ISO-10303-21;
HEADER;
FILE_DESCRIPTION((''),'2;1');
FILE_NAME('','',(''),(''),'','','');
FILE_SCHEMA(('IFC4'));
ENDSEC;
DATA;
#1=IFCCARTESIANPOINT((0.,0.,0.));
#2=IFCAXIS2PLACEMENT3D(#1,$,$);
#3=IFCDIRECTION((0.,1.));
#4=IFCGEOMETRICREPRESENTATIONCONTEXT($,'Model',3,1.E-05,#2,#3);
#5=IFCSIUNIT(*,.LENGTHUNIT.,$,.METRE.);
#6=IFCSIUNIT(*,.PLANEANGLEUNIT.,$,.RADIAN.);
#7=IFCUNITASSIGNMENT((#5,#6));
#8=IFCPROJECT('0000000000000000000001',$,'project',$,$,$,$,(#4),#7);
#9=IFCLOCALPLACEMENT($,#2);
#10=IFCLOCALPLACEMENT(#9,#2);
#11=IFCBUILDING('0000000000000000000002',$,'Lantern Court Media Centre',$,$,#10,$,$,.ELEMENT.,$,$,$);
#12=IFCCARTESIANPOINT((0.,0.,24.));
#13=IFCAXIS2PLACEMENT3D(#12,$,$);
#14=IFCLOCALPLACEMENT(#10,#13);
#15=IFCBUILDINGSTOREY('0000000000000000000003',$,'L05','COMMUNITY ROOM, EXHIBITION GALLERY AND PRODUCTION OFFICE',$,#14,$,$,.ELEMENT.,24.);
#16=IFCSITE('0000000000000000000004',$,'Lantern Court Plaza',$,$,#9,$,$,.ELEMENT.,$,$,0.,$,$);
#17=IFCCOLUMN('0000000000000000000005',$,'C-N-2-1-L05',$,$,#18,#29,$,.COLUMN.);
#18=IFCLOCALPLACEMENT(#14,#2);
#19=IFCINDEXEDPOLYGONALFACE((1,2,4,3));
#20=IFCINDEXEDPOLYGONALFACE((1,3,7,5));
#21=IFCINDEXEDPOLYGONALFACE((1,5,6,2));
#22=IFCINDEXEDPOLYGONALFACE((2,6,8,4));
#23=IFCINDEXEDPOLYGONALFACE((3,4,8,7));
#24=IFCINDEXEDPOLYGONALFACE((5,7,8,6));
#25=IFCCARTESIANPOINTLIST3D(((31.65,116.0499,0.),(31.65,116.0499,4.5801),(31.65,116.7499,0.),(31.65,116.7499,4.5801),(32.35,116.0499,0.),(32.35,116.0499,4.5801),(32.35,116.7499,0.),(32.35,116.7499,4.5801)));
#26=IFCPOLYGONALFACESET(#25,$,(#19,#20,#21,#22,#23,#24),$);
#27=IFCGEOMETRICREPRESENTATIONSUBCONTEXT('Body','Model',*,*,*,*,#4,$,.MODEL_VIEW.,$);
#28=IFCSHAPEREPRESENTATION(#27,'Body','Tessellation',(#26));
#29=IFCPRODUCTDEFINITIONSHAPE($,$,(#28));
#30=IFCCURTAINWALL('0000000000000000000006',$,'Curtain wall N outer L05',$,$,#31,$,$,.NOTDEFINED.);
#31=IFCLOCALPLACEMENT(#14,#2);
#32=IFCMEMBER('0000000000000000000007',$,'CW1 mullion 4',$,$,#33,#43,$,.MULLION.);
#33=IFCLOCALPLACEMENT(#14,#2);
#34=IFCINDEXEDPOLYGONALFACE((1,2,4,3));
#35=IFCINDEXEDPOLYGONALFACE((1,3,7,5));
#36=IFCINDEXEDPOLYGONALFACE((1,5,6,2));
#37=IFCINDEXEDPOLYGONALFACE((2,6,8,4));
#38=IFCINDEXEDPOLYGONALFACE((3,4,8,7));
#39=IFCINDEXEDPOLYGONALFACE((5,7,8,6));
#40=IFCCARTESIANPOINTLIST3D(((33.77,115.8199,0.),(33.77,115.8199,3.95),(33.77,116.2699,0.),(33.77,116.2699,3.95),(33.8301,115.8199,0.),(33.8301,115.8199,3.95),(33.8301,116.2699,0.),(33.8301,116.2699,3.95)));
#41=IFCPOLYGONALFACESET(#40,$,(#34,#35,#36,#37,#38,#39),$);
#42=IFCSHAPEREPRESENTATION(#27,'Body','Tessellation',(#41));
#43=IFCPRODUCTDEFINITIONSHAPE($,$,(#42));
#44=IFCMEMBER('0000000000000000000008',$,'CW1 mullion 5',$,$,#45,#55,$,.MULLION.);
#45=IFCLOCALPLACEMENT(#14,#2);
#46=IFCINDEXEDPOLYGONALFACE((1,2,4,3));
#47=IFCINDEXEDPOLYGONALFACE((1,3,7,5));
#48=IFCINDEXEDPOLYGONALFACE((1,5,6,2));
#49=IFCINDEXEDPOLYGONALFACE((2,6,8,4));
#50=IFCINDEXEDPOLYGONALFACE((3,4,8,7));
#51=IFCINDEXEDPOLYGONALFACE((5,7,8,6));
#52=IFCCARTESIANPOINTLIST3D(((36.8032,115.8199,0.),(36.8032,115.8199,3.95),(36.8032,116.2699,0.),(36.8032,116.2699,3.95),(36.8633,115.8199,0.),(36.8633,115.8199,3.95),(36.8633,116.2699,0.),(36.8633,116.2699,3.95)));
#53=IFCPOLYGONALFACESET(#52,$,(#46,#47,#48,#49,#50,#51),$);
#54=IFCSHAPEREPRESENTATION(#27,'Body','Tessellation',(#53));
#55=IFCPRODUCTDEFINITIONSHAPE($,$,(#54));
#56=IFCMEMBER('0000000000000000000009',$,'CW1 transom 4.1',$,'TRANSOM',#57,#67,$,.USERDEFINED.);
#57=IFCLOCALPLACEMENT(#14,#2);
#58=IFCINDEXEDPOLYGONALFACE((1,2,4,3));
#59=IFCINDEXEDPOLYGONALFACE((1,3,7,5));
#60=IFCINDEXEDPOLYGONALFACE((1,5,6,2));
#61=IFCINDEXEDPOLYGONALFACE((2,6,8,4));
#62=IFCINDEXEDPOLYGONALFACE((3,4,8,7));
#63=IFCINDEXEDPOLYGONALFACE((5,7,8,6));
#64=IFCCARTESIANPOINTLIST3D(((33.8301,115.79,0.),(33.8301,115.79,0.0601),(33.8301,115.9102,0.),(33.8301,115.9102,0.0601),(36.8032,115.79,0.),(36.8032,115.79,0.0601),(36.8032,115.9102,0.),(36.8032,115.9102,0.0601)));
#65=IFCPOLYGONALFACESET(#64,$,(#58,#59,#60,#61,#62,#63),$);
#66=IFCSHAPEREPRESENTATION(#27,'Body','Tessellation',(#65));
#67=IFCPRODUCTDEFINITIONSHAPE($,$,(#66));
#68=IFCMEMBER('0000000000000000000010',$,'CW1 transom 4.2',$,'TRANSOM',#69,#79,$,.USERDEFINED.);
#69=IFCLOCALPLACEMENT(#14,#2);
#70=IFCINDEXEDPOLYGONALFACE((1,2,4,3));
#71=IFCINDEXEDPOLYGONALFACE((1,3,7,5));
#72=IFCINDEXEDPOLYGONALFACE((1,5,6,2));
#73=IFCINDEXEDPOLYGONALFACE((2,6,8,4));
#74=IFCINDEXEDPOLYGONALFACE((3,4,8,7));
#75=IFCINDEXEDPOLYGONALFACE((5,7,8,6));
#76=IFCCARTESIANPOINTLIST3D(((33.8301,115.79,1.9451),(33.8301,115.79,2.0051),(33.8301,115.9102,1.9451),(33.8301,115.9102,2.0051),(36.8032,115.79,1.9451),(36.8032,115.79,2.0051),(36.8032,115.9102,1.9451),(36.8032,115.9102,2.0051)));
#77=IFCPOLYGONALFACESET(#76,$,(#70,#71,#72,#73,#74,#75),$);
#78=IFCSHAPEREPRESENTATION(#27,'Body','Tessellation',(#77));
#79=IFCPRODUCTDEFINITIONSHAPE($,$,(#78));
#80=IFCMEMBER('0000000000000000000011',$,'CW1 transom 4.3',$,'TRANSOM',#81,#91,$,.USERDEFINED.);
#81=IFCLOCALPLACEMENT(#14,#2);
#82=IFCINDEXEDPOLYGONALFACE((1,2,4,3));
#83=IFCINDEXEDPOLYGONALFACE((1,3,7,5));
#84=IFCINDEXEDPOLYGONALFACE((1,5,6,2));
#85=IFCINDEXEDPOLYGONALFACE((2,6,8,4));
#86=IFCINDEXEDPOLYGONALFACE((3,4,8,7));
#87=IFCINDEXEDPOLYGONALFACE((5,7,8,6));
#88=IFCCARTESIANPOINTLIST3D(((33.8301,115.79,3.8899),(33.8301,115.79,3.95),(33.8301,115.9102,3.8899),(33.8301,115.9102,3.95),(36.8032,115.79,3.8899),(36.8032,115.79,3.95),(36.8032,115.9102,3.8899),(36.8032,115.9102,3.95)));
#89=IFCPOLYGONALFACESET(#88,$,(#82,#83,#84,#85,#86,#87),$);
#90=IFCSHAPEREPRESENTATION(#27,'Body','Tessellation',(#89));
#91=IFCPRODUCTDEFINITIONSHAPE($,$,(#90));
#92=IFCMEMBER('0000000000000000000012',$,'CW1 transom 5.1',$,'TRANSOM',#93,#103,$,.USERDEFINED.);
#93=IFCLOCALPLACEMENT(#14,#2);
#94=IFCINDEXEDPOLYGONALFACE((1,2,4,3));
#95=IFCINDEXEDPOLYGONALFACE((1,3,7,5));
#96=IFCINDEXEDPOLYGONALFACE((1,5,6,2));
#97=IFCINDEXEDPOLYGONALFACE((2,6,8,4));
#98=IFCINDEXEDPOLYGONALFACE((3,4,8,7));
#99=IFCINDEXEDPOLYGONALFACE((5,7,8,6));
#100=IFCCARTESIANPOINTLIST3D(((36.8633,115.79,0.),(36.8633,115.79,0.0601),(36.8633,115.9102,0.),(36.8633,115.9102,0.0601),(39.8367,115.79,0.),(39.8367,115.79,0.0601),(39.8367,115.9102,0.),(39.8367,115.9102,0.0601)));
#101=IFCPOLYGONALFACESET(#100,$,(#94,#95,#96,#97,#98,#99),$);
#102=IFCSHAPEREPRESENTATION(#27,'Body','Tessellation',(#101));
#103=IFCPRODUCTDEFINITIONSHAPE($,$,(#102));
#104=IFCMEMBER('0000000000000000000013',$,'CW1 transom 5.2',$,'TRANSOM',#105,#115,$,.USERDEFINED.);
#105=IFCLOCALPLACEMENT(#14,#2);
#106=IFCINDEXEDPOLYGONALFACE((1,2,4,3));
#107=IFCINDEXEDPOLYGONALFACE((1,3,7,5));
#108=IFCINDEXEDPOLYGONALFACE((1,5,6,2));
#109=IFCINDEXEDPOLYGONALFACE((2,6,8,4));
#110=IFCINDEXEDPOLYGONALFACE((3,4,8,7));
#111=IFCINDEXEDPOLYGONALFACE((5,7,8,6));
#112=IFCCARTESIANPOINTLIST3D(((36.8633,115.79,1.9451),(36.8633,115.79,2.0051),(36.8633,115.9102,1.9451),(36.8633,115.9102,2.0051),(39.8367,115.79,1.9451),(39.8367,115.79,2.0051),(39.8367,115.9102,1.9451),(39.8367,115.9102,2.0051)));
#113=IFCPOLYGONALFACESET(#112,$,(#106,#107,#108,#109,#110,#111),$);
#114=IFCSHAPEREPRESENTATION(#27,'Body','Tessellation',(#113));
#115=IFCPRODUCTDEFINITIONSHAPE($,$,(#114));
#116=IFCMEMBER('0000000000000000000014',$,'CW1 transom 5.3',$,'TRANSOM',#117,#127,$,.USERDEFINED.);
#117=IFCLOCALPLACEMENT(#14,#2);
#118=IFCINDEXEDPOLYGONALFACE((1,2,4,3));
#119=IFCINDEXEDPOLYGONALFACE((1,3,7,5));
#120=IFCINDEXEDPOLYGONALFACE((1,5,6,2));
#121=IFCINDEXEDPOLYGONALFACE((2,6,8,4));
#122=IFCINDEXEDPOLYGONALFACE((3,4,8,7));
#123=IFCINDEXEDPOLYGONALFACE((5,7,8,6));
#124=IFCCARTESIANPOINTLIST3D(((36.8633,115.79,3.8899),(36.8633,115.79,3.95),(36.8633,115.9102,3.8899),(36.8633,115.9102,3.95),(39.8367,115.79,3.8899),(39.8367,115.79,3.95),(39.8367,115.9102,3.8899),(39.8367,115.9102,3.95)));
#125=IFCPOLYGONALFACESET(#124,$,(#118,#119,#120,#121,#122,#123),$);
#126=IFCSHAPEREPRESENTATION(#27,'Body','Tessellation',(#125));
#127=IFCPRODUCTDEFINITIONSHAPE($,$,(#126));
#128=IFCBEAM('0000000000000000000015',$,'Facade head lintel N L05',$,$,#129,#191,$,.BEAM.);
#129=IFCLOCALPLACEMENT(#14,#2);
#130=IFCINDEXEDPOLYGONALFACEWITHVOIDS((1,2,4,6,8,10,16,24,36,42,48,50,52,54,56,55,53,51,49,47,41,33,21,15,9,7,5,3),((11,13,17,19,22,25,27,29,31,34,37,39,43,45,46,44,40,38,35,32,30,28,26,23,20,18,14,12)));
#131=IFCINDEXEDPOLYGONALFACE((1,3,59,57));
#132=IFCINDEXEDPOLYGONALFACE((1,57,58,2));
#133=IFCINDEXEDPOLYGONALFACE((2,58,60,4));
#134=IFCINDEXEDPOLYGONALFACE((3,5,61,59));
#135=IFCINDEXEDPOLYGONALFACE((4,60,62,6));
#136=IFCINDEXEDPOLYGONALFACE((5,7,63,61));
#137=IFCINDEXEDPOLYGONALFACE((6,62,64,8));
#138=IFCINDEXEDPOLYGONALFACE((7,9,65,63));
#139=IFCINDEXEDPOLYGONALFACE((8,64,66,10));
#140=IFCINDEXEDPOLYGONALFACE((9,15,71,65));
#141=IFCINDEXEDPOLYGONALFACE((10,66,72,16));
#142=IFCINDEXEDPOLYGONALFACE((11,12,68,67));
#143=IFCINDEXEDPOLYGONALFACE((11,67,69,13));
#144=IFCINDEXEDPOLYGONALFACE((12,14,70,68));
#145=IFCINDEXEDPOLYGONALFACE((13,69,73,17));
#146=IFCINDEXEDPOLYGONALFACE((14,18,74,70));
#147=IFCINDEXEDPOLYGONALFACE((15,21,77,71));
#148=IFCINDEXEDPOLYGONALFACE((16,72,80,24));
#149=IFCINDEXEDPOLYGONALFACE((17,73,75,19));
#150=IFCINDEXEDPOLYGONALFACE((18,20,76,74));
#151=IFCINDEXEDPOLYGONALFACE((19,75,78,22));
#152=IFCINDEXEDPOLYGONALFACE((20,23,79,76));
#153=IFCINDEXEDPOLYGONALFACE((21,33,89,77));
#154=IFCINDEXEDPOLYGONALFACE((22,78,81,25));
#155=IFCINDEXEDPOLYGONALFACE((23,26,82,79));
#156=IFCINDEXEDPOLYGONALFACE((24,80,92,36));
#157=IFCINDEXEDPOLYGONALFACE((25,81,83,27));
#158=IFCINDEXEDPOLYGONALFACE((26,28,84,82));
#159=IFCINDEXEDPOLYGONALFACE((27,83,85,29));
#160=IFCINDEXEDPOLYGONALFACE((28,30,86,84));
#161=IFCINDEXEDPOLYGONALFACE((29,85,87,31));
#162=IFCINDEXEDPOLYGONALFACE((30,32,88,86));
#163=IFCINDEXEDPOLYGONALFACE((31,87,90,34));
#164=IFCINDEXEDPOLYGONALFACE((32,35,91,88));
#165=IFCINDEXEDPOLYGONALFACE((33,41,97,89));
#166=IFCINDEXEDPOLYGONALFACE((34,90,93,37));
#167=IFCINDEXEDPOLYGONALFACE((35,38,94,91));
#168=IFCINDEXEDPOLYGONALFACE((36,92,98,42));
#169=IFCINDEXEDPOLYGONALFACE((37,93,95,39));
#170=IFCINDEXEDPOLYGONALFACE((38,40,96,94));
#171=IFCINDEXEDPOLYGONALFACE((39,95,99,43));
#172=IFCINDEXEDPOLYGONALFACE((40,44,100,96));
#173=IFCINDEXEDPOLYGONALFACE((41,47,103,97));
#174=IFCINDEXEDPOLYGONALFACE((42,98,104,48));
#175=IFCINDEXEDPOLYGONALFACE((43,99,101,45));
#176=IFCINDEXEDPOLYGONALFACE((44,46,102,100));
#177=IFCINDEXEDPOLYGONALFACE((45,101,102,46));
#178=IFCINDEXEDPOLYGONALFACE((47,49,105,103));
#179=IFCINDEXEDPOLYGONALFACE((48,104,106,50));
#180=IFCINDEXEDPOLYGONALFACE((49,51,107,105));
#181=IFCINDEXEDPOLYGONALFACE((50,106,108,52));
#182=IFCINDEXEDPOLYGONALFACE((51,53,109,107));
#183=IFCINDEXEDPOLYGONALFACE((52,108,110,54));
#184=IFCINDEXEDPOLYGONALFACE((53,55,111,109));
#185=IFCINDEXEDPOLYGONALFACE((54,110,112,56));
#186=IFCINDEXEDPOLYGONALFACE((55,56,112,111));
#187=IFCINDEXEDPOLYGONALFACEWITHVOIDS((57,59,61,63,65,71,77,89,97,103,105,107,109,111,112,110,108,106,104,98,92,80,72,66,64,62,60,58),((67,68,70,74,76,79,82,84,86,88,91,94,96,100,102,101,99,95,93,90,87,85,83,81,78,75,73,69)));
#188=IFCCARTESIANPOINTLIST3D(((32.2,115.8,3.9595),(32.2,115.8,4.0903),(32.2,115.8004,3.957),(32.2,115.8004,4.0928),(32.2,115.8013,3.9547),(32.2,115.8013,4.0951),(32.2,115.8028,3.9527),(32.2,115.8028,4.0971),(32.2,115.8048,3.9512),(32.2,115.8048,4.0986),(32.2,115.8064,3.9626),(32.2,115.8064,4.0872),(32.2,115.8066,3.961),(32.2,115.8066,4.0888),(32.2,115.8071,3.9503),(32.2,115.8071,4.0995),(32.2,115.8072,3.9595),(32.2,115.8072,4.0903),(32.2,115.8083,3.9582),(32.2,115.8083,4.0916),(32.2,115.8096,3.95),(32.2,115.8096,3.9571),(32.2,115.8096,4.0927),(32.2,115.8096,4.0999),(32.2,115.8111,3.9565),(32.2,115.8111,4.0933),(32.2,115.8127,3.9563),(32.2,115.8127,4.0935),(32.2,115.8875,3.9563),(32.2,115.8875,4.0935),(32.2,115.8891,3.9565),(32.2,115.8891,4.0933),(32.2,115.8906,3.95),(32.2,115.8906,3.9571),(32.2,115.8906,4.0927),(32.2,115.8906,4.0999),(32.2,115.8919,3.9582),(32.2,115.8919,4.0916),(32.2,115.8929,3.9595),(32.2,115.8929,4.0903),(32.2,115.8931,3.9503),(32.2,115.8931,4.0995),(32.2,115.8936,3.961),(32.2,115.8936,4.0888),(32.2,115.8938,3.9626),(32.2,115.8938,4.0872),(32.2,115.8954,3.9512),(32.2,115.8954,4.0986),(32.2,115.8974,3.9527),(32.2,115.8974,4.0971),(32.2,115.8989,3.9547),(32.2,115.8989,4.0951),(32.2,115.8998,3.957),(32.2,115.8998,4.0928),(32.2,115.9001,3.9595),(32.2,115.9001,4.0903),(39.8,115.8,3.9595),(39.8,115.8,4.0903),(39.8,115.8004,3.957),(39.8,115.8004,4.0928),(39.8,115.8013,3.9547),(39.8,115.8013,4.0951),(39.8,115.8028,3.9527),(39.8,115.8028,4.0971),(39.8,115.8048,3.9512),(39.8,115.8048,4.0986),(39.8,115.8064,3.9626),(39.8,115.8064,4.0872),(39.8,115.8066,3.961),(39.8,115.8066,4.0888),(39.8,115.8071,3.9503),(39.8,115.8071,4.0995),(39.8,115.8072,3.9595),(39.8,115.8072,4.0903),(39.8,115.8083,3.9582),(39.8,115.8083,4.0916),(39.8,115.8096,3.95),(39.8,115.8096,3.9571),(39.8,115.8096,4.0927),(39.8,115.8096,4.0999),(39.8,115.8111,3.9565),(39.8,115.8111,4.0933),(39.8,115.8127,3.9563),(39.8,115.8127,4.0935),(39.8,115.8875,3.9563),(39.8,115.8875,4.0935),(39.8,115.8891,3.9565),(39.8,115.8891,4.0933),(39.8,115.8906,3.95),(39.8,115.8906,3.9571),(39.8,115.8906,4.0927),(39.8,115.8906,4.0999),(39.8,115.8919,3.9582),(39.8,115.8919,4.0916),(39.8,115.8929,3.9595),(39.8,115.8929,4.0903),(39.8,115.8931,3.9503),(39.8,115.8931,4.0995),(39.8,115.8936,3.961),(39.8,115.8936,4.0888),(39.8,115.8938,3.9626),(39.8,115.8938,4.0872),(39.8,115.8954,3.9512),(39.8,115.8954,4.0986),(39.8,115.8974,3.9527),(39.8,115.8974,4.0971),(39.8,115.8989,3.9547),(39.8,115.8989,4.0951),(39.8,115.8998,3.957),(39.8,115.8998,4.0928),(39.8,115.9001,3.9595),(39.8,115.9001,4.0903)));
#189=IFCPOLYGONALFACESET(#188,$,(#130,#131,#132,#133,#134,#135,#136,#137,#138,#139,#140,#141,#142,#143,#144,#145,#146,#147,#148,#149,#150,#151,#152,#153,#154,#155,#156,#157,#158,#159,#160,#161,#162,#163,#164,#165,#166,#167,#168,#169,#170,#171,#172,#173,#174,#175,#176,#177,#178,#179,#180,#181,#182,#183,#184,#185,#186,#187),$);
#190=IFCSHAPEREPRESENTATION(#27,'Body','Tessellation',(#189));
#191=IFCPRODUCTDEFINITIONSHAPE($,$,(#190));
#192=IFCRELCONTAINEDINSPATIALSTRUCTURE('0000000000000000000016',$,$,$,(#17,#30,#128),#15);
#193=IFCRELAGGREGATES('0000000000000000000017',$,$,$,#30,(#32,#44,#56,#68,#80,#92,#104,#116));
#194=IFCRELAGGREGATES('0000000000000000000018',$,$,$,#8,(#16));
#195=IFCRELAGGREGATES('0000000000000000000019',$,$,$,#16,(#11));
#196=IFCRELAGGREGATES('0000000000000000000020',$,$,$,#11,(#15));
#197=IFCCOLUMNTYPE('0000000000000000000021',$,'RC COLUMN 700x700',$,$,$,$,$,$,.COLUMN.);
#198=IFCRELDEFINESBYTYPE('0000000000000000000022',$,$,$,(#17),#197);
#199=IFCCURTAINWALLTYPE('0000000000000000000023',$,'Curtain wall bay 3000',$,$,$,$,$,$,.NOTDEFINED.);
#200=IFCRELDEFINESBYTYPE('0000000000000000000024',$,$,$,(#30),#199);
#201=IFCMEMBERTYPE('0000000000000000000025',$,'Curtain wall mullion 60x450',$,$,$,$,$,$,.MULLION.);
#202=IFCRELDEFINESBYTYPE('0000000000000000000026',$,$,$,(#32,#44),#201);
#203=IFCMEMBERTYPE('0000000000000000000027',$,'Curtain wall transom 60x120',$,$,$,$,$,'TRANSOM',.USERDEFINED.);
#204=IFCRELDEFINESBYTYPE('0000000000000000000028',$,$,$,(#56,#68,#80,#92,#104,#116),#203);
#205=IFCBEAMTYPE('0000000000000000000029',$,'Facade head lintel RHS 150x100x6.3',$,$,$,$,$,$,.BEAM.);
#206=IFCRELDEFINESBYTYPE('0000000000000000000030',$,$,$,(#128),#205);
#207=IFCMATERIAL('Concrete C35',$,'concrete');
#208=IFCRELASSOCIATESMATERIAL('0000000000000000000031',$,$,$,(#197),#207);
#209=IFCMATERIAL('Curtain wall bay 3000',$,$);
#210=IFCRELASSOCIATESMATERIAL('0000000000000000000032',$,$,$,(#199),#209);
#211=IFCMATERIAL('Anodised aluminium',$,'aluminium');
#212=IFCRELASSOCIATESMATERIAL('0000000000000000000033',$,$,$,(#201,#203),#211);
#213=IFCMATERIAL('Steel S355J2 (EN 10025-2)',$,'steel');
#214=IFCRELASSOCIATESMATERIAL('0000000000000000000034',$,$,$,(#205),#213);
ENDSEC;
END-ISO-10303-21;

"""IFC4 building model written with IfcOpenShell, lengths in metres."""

from ifc_helpers import new_model, si_unit, direction, frame, origin, origin_2d, place, context, subcontext, project, spatial, rectangle, hollow_rectangle, extrude, material, material_profile, profile_set, type_object, element, aggregate, save


model = new_model("IFC4")

# Units and contexts
model_context = context("Model", 3, precision=1e-05, world=origin(), true_north=direction((0.0, 1.0)))
body_context = subcontext(model_context, "Body", "Model", "MODEL_VIEW")
ifc_project = project(units=[si_unit("LENGTHUNIT", "METRE"), si_unit("PLANEANGLEUNIT", "RADIAN")], contexts=[model_context])

# Site, building, storey
site_placement = place(None, origin())
site = spatial("IfcSite", under=ifc_project, at=site_placement, Name="Lantern Court Plaza", CompositionType="ELEMENT", RefElevation=0.0)
building_placement = place(site_placement, origin())
building = spatial("IfcBuilding", under=site, at=building_placement, Name="Lantern Court Media Centre", CompositionType="ELEMENT")
storey_placement = place(building_placement, frame((0.0, 0.0, 24.0)))
storey = spatial("IfcBuildingStorey", under=building, at=storey_placement, Name="L05", Description="COMMUNITY ROOM, EXHIBITION GALLERY AND PRODUCTION OFFICE", CompositionType="ELEMENT", Elevation=24.0)

# Column
ifc_material_1 = material(Name="Concrete C35", Category="concrete")
ifc_material_profile_1 = material_profile(ifc_material_1, rectangle(XDim=0.7, YDim=0.7, at=origin_2d()), Name="RC 700x700")
ifc_profile_set_1 = profile_set([ifc_material_profile_1], Name="Concrete C35")
column_type = type_object("IfcColumnType", Name="RC COLUMN 700x700", PredefinedType="COLUMN", material=ifc_profile_set_1)
column_placement = place(storey_placement, frame((32.0, 116.3999, 0.0), z_axis=(0.0, 0.0, 1.0), x_axis=(1.0, 0.0, 0.0)))
element("IfcColumn", 1, at=column_placement, inside=storey, type_object=column_type, Name="C-N-2-1-L05", PredefinedType="COLUMN", context=body_context, shape_type="SweptSolid", body=[
    extrude(rectangle(XDim=0.7, YDim=0.7, at=origin_2d()), origin(), (0.0, 0.0, 1.0), 4.5801),
])

# Curtain wall, members
ifc_material_2 = material(Name="Curtain wall bay 3000")
curtain_wall_type = type_object("IfcCurtainWallType", Name="Curtain wall bay 3000", PredefinedType="NOTDEFINED", material=ifc_material_2)
curtain_wall_placement = place(storey_placement, origin())
curtain_wall = element("IfcCurtainWall", 2, at=curtain_wall_placement, inside=storey, type_object=curtain_wall_type, Name="Curtain wall N outer L05", PredefinedType="NOTDEFINED")
ifc_material_3 = material(Name="Anodised aluminium", Category="aluminium")
ifc_material_profile_2 = material_profile(ifc_material_3, rectangle(XDim=0.45, YDim=0.0601, at=origin_2d()), Name="AL 60x450")
ifc_profile_set_2 = profile_set([ifc_material_profile_2], Name="Anodised aluminium")
member_type_1 = type_object("IfcMemberType", Name="Curtain wall mullion 60x450", PredefinedType="MULLION", material=ifc_profile_set_2)
member_1_placement = place(storey_placement, frame((33.8, 116.0449, 0.0), z_axis=(0.0, 0.0, 1.0), x_axis=(0.0, 1.0, 0.0)))
member_1 = element("IfcMember", 3, at=member_1_placement, type_object=member_type_1, Name="CW1 mullion 4", PredefinedType="MULLION", context=body_context, shape_type="SweptSolid", body=[
    extrude(rectangle(XDim=0.45, YDim=0.0601, at=origin_2d()), origin(), (0.0, 0.0, 1.0), 3.95),
])
member_2_placement = place(storey_placement, frame((36.8333, 116.0449, 0.0), z_axis=(0.0, 0.0, 1.0), x_axis=(0.0, 1.0, 0.0)))
member_2 = element("IfcMember", 4, at=member_2_placement, type_object=member_type_1, Name="CW1 mullion 5", PredefinedType="MULLION", context=body_context, shape_type="SweptSolid", body=[
    extrude(rectangle(XDim=0.45, YDim=0.0601, at=origin_2d()), origin(), (0.0, 0.0, 1.0), 3.95),
])
ifc_material_profile_3 = material_profile(ifc_material_3, rectangle(XDim=0.1201, YDim=0.0601, at=origin_2d()), Name="AL 60x120")
ifc_profile_set_3 = profile_set([ifc_material_profile_3], Name="Anodised aluminium")
member_type_2 = type_object("IfcMemberType", Name="Curtain wall transom 60x120", ElementType="TRANSOM", PredefinedType="USERDEFINED", material=ifc_profile_set_3)
member_3_placement = place(storey_placement, frame((33.8301, 115.8501, 0.03), z_axis=(1.0, 0.0, 0.0), x_axis=(0.0, 1.0, 0.0)))
member_3 = element("IfcMember", 5, at=member_3_placement, type_object=member_type_2, Name="CW1 transom 4.1", ObjectType="TRANSOM", PredefinedType="USERDEFINED", context=body_context, shape_type="SweptSolid", body=[
    extrude(rectangle(XDim=0.1201, YDim=0.0601, at=origin_2d()), origin(), (0.0, 0.0, 1.0), 2.9731),
])
member_4_placement = place(storey_placement, frame((33.8301, 115.8501, 1.9751), z_axis=(1.0, 0.0, 0.0), x_axis=(0.0, 1.0, 0.0)))
member_4 = element("IfcMember", 6, at=member_4_placement, type_object=member_type_2, Name="CW1 transom 4.2", ObjectType="TRANSOM", PredefinedType="USERDEFINED", context=body_context, shape_type="SweptSolid", body=[
    extrude(rectangle(XDim=0.1201, YDim=0.0601, at=origin_2d()), origin(), (0.0, 0.0, 1.0), 2.9731),
])
member_5_placement = place(storey_placement, frame((33.8301, 115.8501, 3.9199), z_axis=(1.0, 0.0, 0.0), x_axis=(0.0, 1.0, 0.0)))
member_5 = element("IfcMember", 7, at=member_5_placement, type_object=member_type_2, Name="CW1 transom 4.3", ObjectType="TRANSOM", PredefinedType="USERDEFINED", context=body_context, shape_type="SweptSolid", body=[
    extrude(rectangle(XDim=0.1201, YDim=0.0601, at=origin_2d()), origin(), (0.0, 0.0, 1.0), 2.9731),
])
member_6_placement = place(storey_placement, frame((36.8633, 115.8501, 0.03), z_axis=(1.0, 0.0, 0.0), x_axis=(0.0, 1.0, 0.0)))
member_6 = element("IfcMember", 8, at=member_6_placement, type_object=member_type_2, Name="CW1 transom 5.1", ObjectType="TRANSOM", PredefinedType="USERDEFINED", context=body_context, shape_type="SweptSolid", body=[
    extrude(rectangle(XDim=0.1201, YDim=0.0601, at=origin_2d()), origin(), (0.0, 0.0, 1.0), 2.9734),
])
member_7_placement = place(storey_placement, frame((36.8633, 115.8501, 1.9751), z_axis=(1.0, 0.0, 0.0), x_axis=(0.0, 1.0, 0.0)))
member_7 = element("IfcMember", 9, at=member_7_placement, type_object=member_type_2, Name="CW1 transom 5.2", ObjectType="TRANSOM", PredefinedType="USERDEFINED", context=body_context, shape_type="SweptSolid", body=[
    extrude(rectangle(XDim=0.1201, YDim=0.0601, at=origin_2d()), origin(), (0.0, 0.0, 1.0), 2.9734),
])
member_8_placement = place(storey_placement, frame((36.8633, 115.8501, 3.9199), z_axis=(1.0, 0.0, 0.0), x_axis=(0.0, 1.0, 0.0)))
member_8 = element("IfcMember", 10, at=member_8_placement, type_object=member_type_2, Name="CW1 transom 5.3", ObjectType="TRANSOM", PredefinedType="USERDEFINED", context=body_context, shape_type="SweptSolid", body=[
    extrude(rectangle(XDim=0.1201, YDim=0.0601, at=origin_2d()), origin(), (0.0, 0.0, 1.0), 2.9734),
])

# Beam
ifc_material_4 = material(Name="Steel S355J2 (EN 10025-2)", Category="steel")
ifc_material_profile_4 = material_profile(ifc_material_4, hollow_rectangle(XDim=0.1001, YDim=0.1499, WallThickness=0.0063, InnerFilletRadius=0.0063, OuterFilletRadius=0.0095, at=origin_2d()), Name="Facade head lintel RHS 150x100x6.3")
ifc_profile_set_4 = profile_set([ifc_material_profile_4], Name="Steel S355J2 (EN 10025-2)")
beam_type_1 = type_object("IfcBeamType", Name="Facade head lintel RHS 150x100x6.3", PredefinedType="BEAM", material=ifc_profile_set_4)
beam_1_placement = place(storey_placement, frame((32.2, 115.8501, 4.0249), z_axis=(1.0, 0.0, 0.0), x_axis=(0.0, 1.0, 0.0)))
element("IfcBeam", 11, at=beam_1_placement, inside=storey, type_object=beam_type_1, Name="Facade head lintel N L05", PredefinedType="BEAM", context=body_context, shape_type="SweptSolid", body=[
    extrude(hollow_rectangle(XDim=0.1001, YDim=0.1499, WallThickness=0.0063, InnerFilletRadius=0.0063, OuterFilletRadius=0.0095, at=origin_2d()), origin(), (0.0, 0.0, 1.0), 7.6001),
])

aggregate(curtain_wall, [member_1, member_2, member_3, member_4, member_5, member_6, member_7, member_8])

save(model, "model.ifc")
